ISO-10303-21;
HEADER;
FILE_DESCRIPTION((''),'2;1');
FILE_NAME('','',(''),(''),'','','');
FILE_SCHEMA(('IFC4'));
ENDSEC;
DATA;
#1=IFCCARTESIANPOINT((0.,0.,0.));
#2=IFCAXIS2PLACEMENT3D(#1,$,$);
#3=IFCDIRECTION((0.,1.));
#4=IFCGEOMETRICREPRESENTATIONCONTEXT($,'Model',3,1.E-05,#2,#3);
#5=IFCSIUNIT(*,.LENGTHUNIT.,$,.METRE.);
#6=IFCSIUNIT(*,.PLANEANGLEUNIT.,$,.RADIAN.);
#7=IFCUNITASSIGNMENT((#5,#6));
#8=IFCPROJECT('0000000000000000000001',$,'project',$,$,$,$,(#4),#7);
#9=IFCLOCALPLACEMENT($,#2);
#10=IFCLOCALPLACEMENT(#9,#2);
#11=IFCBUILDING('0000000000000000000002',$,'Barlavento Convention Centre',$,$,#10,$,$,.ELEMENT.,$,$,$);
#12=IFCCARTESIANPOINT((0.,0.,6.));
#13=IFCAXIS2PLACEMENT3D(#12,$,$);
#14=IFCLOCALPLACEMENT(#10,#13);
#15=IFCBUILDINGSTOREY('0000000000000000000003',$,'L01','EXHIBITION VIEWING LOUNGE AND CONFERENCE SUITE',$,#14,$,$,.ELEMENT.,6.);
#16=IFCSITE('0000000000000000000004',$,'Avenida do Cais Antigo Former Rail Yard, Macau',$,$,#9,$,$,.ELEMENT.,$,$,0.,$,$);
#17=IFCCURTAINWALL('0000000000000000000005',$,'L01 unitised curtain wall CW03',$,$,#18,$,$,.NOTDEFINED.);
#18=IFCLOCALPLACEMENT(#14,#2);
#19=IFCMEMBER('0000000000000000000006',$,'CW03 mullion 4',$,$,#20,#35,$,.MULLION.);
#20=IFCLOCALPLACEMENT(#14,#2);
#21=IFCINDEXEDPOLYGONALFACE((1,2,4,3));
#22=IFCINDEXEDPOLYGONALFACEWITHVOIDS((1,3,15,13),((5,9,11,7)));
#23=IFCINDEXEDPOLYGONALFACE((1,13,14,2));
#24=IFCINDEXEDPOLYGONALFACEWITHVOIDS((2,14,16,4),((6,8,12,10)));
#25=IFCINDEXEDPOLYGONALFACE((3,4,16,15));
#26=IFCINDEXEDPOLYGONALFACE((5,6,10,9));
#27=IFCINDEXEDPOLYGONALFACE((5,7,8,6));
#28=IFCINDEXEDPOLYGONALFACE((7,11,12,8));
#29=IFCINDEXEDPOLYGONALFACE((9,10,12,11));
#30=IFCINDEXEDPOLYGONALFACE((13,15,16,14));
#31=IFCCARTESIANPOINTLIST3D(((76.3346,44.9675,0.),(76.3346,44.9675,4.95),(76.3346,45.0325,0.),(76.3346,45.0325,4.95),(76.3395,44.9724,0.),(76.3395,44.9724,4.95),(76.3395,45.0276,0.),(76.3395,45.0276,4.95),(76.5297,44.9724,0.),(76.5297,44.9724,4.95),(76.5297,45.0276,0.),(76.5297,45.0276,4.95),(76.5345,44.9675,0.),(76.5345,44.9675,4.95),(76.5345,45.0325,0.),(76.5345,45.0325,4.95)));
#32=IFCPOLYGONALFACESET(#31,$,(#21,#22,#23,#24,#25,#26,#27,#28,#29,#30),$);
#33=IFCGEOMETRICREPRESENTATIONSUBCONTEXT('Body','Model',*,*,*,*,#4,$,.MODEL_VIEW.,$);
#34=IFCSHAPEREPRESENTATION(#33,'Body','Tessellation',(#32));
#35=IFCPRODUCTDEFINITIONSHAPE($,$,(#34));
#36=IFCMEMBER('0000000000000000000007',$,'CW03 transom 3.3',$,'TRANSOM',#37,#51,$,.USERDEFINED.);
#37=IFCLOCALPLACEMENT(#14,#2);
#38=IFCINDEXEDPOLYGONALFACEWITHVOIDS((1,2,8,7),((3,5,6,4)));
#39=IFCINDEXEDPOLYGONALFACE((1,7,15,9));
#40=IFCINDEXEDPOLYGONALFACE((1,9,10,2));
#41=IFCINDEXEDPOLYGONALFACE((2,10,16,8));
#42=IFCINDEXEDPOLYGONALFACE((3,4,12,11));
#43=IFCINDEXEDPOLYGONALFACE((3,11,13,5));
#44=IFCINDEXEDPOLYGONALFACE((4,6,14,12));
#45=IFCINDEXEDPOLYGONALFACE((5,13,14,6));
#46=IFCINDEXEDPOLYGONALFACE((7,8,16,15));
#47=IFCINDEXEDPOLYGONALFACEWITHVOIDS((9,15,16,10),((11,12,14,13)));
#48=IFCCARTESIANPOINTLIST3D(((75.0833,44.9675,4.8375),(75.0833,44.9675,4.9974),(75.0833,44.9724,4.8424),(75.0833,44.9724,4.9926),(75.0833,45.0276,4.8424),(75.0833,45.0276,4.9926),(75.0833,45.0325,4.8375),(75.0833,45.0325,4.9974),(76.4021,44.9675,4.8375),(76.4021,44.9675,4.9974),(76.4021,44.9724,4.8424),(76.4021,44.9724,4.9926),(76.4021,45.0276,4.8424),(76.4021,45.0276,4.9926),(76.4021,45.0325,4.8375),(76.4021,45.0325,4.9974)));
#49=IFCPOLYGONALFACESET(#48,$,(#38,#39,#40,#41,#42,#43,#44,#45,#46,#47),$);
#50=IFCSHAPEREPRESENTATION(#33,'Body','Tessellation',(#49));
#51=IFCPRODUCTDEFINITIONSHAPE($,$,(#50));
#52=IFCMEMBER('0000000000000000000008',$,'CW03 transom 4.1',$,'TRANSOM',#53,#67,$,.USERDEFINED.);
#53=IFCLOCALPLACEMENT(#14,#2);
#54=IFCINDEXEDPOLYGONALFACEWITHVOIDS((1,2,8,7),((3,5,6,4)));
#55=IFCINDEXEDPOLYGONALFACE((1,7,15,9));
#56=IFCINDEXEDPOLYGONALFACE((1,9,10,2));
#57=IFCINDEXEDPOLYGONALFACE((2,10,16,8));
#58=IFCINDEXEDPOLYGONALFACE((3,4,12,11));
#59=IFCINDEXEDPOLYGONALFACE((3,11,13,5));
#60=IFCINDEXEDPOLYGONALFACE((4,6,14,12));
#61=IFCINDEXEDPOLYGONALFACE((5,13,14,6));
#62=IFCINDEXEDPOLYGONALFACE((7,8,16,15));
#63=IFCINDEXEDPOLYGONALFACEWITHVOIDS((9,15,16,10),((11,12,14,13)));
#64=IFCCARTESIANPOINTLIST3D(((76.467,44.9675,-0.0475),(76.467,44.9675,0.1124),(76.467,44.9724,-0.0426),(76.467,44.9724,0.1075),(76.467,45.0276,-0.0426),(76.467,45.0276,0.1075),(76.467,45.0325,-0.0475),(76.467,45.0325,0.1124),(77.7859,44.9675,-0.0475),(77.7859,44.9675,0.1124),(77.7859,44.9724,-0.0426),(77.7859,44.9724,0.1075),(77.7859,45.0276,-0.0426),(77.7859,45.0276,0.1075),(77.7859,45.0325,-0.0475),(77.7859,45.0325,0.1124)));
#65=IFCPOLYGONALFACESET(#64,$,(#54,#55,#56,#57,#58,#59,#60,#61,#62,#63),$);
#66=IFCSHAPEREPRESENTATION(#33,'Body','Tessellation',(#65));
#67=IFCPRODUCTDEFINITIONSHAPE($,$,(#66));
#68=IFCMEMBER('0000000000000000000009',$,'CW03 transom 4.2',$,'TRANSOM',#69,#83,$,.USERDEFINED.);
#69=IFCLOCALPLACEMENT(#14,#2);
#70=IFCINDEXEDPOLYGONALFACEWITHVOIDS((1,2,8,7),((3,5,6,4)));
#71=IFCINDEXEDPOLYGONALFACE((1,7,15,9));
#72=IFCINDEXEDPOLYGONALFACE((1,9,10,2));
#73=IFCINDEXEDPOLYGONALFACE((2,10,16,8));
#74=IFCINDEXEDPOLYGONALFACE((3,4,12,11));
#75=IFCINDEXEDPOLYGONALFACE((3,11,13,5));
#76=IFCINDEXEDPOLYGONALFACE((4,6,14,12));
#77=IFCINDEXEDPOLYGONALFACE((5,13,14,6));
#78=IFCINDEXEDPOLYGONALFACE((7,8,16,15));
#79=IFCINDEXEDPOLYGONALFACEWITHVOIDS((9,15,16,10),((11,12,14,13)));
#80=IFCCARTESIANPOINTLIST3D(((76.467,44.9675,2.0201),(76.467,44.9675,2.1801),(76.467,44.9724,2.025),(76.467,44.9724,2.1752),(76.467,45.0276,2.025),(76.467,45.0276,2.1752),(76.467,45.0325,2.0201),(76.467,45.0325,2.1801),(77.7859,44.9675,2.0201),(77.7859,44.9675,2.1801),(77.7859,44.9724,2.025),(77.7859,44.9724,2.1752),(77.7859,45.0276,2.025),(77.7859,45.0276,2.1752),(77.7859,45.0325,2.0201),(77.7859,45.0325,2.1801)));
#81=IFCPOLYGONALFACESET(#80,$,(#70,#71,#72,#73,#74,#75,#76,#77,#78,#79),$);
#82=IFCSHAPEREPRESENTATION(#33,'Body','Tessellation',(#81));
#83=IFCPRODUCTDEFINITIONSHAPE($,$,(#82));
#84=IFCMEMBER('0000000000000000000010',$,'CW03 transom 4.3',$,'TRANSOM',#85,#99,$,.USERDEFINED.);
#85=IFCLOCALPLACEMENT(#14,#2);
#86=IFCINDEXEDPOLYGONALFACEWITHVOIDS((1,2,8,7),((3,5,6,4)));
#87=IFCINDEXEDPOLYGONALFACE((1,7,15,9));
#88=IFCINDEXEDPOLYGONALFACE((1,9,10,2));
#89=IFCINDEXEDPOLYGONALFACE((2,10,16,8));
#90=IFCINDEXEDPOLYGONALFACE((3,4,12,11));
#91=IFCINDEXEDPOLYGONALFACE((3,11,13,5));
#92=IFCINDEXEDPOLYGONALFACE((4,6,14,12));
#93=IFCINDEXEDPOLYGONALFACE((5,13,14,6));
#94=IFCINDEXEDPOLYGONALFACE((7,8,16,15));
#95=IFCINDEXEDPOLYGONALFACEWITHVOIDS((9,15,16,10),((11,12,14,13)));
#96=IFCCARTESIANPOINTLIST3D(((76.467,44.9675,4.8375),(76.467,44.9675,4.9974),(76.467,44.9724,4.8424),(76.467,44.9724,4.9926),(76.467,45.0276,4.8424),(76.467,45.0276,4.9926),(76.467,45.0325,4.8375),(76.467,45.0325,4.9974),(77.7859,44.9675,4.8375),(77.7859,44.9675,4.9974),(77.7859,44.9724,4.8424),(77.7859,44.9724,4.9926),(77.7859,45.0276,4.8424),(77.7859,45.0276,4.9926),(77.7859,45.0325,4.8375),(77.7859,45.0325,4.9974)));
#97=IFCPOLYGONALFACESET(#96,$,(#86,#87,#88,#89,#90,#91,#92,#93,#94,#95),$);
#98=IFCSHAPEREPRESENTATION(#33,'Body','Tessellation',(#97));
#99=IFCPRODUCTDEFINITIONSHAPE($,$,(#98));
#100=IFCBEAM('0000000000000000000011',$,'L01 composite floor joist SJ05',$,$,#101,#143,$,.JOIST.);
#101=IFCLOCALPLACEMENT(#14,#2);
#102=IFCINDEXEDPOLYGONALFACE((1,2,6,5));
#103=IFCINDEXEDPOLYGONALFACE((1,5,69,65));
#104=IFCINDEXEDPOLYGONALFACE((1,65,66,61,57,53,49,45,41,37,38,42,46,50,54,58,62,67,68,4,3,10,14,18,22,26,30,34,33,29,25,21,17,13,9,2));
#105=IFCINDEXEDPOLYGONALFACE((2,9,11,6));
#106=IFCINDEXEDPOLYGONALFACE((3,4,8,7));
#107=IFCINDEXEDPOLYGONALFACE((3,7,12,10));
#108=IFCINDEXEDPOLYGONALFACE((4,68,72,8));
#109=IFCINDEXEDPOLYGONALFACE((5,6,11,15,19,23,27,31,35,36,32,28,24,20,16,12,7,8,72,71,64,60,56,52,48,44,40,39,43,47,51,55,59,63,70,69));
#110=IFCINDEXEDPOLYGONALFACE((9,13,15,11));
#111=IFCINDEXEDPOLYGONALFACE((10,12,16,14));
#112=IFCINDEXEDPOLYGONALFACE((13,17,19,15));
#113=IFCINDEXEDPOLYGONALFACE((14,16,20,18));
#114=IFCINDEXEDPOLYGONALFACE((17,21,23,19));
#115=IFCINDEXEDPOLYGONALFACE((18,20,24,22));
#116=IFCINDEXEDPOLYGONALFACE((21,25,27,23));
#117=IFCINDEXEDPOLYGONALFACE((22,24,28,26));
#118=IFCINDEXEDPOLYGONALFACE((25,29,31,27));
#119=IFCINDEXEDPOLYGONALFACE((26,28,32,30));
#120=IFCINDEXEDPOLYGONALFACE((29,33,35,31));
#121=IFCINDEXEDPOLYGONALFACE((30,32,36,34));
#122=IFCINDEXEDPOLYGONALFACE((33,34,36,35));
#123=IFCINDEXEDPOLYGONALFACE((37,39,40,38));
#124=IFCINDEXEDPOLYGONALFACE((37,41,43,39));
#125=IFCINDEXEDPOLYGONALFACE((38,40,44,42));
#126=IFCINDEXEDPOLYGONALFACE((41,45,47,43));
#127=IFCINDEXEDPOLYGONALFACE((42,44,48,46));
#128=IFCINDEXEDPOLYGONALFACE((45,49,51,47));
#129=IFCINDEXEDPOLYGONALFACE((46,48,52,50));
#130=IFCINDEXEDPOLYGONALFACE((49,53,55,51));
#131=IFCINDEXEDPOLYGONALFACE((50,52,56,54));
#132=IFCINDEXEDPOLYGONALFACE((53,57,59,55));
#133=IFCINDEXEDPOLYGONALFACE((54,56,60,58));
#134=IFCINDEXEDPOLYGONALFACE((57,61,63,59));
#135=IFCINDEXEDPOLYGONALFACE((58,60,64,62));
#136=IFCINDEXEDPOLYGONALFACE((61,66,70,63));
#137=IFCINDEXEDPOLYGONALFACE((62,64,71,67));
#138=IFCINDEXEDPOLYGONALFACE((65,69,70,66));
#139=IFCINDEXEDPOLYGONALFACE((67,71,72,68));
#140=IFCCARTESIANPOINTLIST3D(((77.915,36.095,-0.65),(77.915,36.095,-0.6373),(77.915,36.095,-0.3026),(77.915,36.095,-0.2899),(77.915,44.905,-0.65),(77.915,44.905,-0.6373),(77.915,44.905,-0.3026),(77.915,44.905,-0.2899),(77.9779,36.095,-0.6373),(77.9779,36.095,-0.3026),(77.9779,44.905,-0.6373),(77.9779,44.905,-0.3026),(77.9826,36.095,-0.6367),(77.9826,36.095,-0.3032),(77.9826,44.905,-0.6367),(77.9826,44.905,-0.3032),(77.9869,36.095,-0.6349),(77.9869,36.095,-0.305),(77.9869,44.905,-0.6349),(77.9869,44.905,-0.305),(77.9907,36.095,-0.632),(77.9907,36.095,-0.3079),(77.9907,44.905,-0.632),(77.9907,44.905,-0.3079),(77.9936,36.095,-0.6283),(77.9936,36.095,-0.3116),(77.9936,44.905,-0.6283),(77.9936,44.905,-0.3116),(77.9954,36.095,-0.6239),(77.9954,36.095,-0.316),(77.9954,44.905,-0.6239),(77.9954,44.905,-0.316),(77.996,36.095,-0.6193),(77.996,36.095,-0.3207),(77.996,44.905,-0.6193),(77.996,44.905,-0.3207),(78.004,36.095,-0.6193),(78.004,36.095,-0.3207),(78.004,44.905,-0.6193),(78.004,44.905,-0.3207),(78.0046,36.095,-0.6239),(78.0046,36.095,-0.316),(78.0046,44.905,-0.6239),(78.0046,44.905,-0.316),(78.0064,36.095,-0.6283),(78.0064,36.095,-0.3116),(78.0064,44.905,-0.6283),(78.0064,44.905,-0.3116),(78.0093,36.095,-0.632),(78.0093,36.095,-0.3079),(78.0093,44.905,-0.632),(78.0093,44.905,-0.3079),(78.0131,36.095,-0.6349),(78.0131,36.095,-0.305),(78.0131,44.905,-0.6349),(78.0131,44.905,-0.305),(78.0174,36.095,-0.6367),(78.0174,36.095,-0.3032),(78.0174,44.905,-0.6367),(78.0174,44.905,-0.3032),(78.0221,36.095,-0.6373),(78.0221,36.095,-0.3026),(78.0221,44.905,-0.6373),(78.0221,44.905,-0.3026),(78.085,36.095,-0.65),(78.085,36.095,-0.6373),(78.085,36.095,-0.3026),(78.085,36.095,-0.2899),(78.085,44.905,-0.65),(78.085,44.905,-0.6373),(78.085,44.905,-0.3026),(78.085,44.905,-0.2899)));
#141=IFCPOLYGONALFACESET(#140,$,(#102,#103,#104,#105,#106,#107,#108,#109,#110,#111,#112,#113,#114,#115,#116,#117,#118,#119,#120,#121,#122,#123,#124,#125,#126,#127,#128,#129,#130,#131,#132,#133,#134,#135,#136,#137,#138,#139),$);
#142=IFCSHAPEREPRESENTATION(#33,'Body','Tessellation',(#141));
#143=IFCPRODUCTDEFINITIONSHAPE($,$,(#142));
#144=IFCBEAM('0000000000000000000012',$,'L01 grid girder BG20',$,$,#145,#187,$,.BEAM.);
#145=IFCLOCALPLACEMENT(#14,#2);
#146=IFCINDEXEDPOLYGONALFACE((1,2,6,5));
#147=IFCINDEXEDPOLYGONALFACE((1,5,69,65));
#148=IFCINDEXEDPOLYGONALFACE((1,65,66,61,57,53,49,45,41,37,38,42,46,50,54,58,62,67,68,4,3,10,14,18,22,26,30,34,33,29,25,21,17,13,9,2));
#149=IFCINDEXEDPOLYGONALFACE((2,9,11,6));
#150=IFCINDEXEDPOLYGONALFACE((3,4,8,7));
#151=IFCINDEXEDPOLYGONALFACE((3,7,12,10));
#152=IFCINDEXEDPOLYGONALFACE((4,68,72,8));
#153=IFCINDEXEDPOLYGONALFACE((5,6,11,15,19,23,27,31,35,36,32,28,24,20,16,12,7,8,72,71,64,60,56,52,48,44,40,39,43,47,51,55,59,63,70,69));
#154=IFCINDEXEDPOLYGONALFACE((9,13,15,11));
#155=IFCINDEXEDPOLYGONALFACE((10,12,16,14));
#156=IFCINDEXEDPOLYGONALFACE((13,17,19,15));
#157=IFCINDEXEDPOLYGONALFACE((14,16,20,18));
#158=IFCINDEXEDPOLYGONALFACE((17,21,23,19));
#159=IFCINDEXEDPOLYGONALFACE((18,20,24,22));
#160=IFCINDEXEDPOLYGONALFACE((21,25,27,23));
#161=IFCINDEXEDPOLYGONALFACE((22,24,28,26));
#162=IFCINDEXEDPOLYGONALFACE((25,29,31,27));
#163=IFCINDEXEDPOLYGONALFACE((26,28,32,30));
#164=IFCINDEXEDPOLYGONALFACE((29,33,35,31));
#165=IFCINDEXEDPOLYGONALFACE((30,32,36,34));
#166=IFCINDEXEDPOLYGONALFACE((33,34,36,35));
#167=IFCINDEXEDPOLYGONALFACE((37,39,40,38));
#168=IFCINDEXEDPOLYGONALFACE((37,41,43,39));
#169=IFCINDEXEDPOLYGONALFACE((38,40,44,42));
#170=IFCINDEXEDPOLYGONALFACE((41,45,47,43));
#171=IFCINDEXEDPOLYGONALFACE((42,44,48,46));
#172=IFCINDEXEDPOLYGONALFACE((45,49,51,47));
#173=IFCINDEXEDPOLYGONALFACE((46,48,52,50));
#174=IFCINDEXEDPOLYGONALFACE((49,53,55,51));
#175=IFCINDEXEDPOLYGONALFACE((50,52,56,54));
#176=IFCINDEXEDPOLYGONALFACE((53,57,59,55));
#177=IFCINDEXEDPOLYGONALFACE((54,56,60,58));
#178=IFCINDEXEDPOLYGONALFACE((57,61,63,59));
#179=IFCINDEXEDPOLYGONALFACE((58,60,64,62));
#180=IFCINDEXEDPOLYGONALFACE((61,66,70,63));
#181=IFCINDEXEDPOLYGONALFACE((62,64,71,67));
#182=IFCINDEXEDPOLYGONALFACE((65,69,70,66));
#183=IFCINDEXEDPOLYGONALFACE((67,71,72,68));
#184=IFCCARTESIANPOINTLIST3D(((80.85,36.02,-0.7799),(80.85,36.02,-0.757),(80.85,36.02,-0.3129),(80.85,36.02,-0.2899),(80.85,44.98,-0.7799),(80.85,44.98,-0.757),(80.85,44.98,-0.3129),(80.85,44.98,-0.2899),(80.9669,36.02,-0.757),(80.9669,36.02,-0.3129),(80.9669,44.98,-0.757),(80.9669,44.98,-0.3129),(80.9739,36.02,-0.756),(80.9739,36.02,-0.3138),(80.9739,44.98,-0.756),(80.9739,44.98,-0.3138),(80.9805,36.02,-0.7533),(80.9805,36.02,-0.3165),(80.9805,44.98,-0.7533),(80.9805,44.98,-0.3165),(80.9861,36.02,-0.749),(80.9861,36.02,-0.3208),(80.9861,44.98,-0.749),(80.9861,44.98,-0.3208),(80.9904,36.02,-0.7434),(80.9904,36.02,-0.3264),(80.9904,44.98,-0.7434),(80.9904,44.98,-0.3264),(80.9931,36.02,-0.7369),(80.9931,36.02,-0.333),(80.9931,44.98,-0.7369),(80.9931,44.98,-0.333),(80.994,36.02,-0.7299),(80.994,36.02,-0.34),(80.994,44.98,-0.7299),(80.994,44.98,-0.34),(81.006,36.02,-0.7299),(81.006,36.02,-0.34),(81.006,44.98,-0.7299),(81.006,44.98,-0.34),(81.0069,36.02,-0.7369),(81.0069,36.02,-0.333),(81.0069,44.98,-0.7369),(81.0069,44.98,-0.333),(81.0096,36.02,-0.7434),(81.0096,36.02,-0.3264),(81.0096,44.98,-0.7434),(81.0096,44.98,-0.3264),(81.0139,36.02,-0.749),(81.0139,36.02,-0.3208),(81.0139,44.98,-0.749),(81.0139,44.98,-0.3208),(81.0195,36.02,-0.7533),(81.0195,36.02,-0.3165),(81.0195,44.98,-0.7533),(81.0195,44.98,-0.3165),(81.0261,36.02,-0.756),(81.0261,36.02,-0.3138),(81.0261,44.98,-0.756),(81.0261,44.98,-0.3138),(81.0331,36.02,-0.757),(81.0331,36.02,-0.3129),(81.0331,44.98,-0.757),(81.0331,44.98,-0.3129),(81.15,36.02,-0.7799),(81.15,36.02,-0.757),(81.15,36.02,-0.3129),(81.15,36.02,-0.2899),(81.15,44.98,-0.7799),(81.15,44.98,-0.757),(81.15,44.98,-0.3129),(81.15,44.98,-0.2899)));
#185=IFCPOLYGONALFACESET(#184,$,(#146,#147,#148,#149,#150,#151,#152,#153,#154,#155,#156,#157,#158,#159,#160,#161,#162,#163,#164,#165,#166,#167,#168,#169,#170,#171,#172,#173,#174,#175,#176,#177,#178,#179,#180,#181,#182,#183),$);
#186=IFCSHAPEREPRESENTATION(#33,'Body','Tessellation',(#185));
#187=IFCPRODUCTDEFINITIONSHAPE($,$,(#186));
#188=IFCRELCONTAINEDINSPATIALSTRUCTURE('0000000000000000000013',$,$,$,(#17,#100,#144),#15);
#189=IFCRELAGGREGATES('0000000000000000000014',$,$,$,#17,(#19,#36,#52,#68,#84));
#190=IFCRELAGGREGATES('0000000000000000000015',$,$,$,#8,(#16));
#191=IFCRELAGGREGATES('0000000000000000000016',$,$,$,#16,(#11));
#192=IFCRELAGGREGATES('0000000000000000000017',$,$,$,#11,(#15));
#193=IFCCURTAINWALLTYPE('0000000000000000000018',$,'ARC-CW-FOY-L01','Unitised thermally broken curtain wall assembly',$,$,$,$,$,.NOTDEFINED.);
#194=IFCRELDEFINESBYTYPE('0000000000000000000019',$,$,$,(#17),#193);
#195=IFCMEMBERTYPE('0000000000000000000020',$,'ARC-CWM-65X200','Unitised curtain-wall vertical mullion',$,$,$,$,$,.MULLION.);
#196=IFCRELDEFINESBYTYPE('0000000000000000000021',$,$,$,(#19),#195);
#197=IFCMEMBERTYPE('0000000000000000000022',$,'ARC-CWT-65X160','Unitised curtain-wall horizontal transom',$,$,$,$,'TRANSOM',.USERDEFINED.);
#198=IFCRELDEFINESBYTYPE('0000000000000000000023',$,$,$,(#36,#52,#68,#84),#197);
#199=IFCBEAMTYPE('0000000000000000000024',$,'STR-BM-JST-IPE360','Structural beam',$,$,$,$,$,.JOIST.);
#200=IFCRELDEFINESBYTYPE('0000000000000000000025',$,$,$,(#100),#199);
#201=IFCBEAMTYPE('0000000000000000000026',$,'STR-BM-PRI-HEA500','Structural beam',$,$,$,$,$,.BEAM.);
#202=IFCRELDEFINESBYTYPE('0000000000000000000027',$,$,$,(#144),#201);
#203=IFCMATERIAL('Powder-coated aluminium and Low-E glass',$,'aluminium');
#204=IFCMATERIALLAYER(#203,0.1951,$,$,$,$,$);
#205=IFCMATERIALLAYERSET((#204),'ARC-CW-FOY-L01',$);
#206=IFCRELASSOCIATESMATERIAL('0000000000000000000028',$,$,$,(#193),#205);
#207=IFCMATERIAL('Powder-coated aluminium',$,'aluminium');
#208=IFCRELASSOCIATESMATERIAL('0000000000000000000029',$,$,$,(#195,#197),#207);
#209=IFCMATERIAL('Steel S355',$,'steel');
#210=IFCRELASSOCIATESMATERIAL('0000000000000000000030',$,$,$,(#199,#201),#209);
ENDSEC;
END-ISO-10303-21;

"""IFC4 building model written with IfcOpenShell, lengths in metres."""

from ifc_helpers import new_model, si_unit, direction, frame, origin, origin_2d, place, context, subcontext, project, spatial, hollow_rectangle, i_section, extrude, material, layer, layer_set, material_profile, profile_set, type_object, element, aggregate, save


model = new_model("IFC4")

# Units and contexts
model_context = context("Model", 3, precision=1e-05, world=origin(), true_north=direction((0.0, 1.0)))
body_context = subcontext(model_context, "Body", "Model", "MODEL_VIEW")
ifc_project = project(units=[si_unit("LENGTHUNIT", "METRE"), si_unit("PLANEANGLEUNIT", "RADIAN")], contexts=[model_context])

# Site, building, storey
site_placement = place(None, origin())
site = spatial("IfcSite", under=ifc_project, at=site_placement, Name="Avenida do Cais Antigo Former Rail Yard, Macau", CompositionType="ELEMENT", RefElevation=0.0)
building_placement = place(site_placement, origin())
building = spatial("IfcBuilding", under=site, at=building_placement, Name="Barlavento Convention Centre", CompositionType="ELEMENT")
storey_placement = place(building_placement, frame((0.0, 0.0, 6.0)))
storey = spatial("IfcBuildingStorey", under=building, at=storey_placement, Name="L01", Description="EXHIBITION VIEWING LOUNGE AND CONFERENCE SUITE", CompositionType="ELEMENT", Elevation=6.0)

# Curtain wall, members
ifc_material_1 = material(Name="Powder-coated aluminium and Low-E glass", Category="aluminium")
ifc_layer_1 = layer(ifc_material_1, 0.1951)
ifc_layer_set_1 = layer_set([ifc_layer_1], Name="ARC-CW-FOY-L01")
curtain_wall_type = type_object("IfcCurtainWallType", Name="ARC-CW-FOY-L01", Description="Unitised thermally broken curtain wall assembly", PredefinedType="NOTDEFINED", material=ifc_layer_set_1)
curtain_wall_placement = place(storey_placement, origin())
curtain_wall = element("IfcCurtainWall", 1, at=curtain_wall_placement, inside=storey, type_object=curtain_wall_type, Name="L01 unitised curtain wall CW03", PredefinedType="NOTDEFINED")
ifc_material_2 = material(Name="Powder-coated aluminium", Category="aluminium")
ifc_material_profile_1 = material_profile(ifc_material_2, hollow_rectangle(XDim=0.0649, YDim=0.2, WallThickness=0.0049, at=origin_2d()), Name="AL-MULL 65x200x5")
ifc_profile_set_1 = profile_set([ifc_material_profile_1], Name="Powder-coated aluminium")
member_type_1 = type_object("IfcMemberType", Name="ARC-CWM-65X200", Description="Unitised curtain-wall vertical mullion", PredefinedType="MULLION", material=ifc_profile_set_1)
member_1_placement = place(storey_placement, frame((76.4346, 45.0, 0.0), z_axis=(0.0, 0.0, 1.0), x_axis=(0.0, 1.0, 0.0)))
member_1 = element("IfcMember", 2, at=member_1_placement, type_object=member_type_1, Name="CW03 mullion 4", PredefinedType="MULLION", context=body_context, shape_type="SweptSolid", body=[
    extrude(hollow_rectangle(XDim=0.0649, YDim=0.2, WallThickness=0.0049, at=origin_2d()), origin(), (0.0, 0.0, 1.0), 4.95),
])
ifc_material_profile_2 = material_profile(ifc_material_2, hollow_rectangle(XDim=0.0649, YDim=0.1599, WallThickness=0.0049, at=origin_2d()), Name="AL-TRAN 65x160x5")
ifc_profile_set_2 = profile_set([ifc_material_profile_2], Name="Powder-coated aluminium")
member_type_2 = type_object("IfcMemberType", Name="ARC-CWT-65X160", Description="Unitised curtain-wall horizontal transom", ElementType="TRANSOM", PredefinedType="USERDEFINED", material=ifc_profile_set_2)
member_2_placement = place(storey_placement, frame((75.0833, 45.0, 4.9175), z_axis=(1.0, 0.0, 0.0), x_axis=(0.0, 1.0, 0.0)))
member_2 = element("IfcMember", 3, at=member_2_placement, type_object=member_type_2, Name="CW03 transom 3.3", ObjectType="TRANSOM", PredefinedType="USERDEFINED", context=body_context, shape_type="SweptSolid", body=[
    extrude(hollow_rectangle(XDim=0.0649, YDim=0.1599, WallThickness=0.0049, at=origin_2d()), origin(), (0.0, 0.0, 1.0), 1.3188),
])
member_3_placement = place(storey_placement, frame((76.467, 45.0, 0.0325), z_axis=(1.0, 0.0, 0.0), x_axis=(0.0, 1.0, 0.0)))
member_3 = element("IfcMember", 4, at=member_3_placement, type_object=member_type_2, Name="CW03 transom 4.1", ObjectType="TRANSOM", PredefinedType="USERDEFINED", context=body_context, shape_type="SweptSolid", body=[
    extrude(hollow_rectangle(XDim=0.0649, YDim=0.1599, WallThickness=0.0049, at=origin_2d()), origin(), (0.0, 0.0, 1.0), 1.3188),
])
member_4_placement = place(storey_placement, frame((76.467, 45.0, 2.1001), z_axis=(1.0, 0.0, 0.0), x_axis=(0.0, 1.0, 0.0)))
member_4 = element("IfcMember", 5, at=member_4_placement, type_object=member_type_2, Name="CW03 transom 4.2", ObjectType="TRANSOM", PredefinedType="USERDEFINED", context=body_context, shape_type="SweptSolid", body=[
    extrude(hollow_rectangle(XDim=0.0649, YDim=0.1599, WallThickness=0.0049, at=origin_2d()), origin(), (0.0, 0.0, 1.0), 1.3188),
])
member_5_placement = place(storey_placement, frame((76.467, 45.0, 4.9175), z_axis=(1.0, 0.0, 0.0), x_axis=(0.0, 1.0, 0.0)))
member_5 = element("IfcMember", 6, at=member_5_placement, type_object=member_type_2, Name="CW03 transom 4.3", ObjectType="TRANSOM", PredefinedType="USERDEFINED", context=body_context, shape_type="SweptSolid", body=[
    extrude(hollow_rectangle(XDim=0.0649, YDim=0.1599, WallThickness=0.0049, at=origin_2d()), origin(), (0.0, 0.0, 1.0), 1.3188),
])

# Beams
ifc_material_3 = material(Name="Steel S355", Category="steel")
ifc_material_profile_3 = material_profile(ifc_material_3, i_section(OverallWidth=0.1699, OverallDepth=0.3601, WebThickness=0.0081, FlangeThickness=0.0127, FilletRadius=0.0181, at=origin_2d()), Name="IPE 360")
ifc_profile_set_3 = profile_set([ifc_material_profile_3], Name="Steel S355")
beam_type_1 = type_object("IfcBeamType", Name="STR-BM-JST-IPE360", Description="Structural beam", PredefinedType="JOIST", material=ifc_profile_set_3)
beam_1_placement = place(storey_placement, frame((78.0, 36.095, -0.47), z_axis=(0.0, 1.0, 0.0), x_axis=(-1.0, 0.0, 0.0)))
element("IfcBeam", 7, at=beam_1_placement, inside=storey, type_object=beam_type_1, Name="L01 composite floor joist SJ05", PredefinedType="JOIST", context=body_context, shape_type="SweptSolid", body=[
    extrude(i_section(OverallWidth=0.1699, OverallDepth=0.3601, WebThickness=0.0081, FlangeThickness=0.0127, FilletRadius=0.0181, at=origin_2d()), origin(), (0.0, 0.0, 1.0), 8.8101),
])
ifc_material_profile_4 = material_profile(ifc_material_3, i_section(OverallWidth=0.3, OverallDepth=0.49, WebThickness=0.012, FlangeThickness=0.0229, FilletRadius=0.0271, at=origin_2d()), Name="HEA 500")
ifc_profile_set_4 = profile_set([ifc_material_profile_4], Name="Steel S355")
beam_type_2 = type_object("IfcBeamType", Name="STR-BM-PRI-HEA500", Description="Structural beam", PredefinedType="BEAM", material=ifc_profile_set_4)
beam_2_placement = place(storey_placement, frame((81.0, 36.02, -0.5349), z_axis=(0.0, 1.0, 0.0), x_axis=(-1.0, 0.0, 0.0)))
element("IfcBeam", 8, at=beam_2_placement, inside=storey, type_object=beam_type_2, Name="L01 grid girder BG20", PredefinedType="BEAM", context=body_context, shape_type="SweptSolid", body=[
    extrude(i_section(OverallWidth=0.3, OverallDepth=0.49, WebThickness=0.012, FlangeThickness=0.0229, FilletRadius=0.0271, at=origin_2d()), origin(), (0.0, 0.0, 1.0), 8.96),
])

aggregate(curtain_wall, [member_1, member_2, member_3, member_4, member_5])

save(model, "model.ifc")
